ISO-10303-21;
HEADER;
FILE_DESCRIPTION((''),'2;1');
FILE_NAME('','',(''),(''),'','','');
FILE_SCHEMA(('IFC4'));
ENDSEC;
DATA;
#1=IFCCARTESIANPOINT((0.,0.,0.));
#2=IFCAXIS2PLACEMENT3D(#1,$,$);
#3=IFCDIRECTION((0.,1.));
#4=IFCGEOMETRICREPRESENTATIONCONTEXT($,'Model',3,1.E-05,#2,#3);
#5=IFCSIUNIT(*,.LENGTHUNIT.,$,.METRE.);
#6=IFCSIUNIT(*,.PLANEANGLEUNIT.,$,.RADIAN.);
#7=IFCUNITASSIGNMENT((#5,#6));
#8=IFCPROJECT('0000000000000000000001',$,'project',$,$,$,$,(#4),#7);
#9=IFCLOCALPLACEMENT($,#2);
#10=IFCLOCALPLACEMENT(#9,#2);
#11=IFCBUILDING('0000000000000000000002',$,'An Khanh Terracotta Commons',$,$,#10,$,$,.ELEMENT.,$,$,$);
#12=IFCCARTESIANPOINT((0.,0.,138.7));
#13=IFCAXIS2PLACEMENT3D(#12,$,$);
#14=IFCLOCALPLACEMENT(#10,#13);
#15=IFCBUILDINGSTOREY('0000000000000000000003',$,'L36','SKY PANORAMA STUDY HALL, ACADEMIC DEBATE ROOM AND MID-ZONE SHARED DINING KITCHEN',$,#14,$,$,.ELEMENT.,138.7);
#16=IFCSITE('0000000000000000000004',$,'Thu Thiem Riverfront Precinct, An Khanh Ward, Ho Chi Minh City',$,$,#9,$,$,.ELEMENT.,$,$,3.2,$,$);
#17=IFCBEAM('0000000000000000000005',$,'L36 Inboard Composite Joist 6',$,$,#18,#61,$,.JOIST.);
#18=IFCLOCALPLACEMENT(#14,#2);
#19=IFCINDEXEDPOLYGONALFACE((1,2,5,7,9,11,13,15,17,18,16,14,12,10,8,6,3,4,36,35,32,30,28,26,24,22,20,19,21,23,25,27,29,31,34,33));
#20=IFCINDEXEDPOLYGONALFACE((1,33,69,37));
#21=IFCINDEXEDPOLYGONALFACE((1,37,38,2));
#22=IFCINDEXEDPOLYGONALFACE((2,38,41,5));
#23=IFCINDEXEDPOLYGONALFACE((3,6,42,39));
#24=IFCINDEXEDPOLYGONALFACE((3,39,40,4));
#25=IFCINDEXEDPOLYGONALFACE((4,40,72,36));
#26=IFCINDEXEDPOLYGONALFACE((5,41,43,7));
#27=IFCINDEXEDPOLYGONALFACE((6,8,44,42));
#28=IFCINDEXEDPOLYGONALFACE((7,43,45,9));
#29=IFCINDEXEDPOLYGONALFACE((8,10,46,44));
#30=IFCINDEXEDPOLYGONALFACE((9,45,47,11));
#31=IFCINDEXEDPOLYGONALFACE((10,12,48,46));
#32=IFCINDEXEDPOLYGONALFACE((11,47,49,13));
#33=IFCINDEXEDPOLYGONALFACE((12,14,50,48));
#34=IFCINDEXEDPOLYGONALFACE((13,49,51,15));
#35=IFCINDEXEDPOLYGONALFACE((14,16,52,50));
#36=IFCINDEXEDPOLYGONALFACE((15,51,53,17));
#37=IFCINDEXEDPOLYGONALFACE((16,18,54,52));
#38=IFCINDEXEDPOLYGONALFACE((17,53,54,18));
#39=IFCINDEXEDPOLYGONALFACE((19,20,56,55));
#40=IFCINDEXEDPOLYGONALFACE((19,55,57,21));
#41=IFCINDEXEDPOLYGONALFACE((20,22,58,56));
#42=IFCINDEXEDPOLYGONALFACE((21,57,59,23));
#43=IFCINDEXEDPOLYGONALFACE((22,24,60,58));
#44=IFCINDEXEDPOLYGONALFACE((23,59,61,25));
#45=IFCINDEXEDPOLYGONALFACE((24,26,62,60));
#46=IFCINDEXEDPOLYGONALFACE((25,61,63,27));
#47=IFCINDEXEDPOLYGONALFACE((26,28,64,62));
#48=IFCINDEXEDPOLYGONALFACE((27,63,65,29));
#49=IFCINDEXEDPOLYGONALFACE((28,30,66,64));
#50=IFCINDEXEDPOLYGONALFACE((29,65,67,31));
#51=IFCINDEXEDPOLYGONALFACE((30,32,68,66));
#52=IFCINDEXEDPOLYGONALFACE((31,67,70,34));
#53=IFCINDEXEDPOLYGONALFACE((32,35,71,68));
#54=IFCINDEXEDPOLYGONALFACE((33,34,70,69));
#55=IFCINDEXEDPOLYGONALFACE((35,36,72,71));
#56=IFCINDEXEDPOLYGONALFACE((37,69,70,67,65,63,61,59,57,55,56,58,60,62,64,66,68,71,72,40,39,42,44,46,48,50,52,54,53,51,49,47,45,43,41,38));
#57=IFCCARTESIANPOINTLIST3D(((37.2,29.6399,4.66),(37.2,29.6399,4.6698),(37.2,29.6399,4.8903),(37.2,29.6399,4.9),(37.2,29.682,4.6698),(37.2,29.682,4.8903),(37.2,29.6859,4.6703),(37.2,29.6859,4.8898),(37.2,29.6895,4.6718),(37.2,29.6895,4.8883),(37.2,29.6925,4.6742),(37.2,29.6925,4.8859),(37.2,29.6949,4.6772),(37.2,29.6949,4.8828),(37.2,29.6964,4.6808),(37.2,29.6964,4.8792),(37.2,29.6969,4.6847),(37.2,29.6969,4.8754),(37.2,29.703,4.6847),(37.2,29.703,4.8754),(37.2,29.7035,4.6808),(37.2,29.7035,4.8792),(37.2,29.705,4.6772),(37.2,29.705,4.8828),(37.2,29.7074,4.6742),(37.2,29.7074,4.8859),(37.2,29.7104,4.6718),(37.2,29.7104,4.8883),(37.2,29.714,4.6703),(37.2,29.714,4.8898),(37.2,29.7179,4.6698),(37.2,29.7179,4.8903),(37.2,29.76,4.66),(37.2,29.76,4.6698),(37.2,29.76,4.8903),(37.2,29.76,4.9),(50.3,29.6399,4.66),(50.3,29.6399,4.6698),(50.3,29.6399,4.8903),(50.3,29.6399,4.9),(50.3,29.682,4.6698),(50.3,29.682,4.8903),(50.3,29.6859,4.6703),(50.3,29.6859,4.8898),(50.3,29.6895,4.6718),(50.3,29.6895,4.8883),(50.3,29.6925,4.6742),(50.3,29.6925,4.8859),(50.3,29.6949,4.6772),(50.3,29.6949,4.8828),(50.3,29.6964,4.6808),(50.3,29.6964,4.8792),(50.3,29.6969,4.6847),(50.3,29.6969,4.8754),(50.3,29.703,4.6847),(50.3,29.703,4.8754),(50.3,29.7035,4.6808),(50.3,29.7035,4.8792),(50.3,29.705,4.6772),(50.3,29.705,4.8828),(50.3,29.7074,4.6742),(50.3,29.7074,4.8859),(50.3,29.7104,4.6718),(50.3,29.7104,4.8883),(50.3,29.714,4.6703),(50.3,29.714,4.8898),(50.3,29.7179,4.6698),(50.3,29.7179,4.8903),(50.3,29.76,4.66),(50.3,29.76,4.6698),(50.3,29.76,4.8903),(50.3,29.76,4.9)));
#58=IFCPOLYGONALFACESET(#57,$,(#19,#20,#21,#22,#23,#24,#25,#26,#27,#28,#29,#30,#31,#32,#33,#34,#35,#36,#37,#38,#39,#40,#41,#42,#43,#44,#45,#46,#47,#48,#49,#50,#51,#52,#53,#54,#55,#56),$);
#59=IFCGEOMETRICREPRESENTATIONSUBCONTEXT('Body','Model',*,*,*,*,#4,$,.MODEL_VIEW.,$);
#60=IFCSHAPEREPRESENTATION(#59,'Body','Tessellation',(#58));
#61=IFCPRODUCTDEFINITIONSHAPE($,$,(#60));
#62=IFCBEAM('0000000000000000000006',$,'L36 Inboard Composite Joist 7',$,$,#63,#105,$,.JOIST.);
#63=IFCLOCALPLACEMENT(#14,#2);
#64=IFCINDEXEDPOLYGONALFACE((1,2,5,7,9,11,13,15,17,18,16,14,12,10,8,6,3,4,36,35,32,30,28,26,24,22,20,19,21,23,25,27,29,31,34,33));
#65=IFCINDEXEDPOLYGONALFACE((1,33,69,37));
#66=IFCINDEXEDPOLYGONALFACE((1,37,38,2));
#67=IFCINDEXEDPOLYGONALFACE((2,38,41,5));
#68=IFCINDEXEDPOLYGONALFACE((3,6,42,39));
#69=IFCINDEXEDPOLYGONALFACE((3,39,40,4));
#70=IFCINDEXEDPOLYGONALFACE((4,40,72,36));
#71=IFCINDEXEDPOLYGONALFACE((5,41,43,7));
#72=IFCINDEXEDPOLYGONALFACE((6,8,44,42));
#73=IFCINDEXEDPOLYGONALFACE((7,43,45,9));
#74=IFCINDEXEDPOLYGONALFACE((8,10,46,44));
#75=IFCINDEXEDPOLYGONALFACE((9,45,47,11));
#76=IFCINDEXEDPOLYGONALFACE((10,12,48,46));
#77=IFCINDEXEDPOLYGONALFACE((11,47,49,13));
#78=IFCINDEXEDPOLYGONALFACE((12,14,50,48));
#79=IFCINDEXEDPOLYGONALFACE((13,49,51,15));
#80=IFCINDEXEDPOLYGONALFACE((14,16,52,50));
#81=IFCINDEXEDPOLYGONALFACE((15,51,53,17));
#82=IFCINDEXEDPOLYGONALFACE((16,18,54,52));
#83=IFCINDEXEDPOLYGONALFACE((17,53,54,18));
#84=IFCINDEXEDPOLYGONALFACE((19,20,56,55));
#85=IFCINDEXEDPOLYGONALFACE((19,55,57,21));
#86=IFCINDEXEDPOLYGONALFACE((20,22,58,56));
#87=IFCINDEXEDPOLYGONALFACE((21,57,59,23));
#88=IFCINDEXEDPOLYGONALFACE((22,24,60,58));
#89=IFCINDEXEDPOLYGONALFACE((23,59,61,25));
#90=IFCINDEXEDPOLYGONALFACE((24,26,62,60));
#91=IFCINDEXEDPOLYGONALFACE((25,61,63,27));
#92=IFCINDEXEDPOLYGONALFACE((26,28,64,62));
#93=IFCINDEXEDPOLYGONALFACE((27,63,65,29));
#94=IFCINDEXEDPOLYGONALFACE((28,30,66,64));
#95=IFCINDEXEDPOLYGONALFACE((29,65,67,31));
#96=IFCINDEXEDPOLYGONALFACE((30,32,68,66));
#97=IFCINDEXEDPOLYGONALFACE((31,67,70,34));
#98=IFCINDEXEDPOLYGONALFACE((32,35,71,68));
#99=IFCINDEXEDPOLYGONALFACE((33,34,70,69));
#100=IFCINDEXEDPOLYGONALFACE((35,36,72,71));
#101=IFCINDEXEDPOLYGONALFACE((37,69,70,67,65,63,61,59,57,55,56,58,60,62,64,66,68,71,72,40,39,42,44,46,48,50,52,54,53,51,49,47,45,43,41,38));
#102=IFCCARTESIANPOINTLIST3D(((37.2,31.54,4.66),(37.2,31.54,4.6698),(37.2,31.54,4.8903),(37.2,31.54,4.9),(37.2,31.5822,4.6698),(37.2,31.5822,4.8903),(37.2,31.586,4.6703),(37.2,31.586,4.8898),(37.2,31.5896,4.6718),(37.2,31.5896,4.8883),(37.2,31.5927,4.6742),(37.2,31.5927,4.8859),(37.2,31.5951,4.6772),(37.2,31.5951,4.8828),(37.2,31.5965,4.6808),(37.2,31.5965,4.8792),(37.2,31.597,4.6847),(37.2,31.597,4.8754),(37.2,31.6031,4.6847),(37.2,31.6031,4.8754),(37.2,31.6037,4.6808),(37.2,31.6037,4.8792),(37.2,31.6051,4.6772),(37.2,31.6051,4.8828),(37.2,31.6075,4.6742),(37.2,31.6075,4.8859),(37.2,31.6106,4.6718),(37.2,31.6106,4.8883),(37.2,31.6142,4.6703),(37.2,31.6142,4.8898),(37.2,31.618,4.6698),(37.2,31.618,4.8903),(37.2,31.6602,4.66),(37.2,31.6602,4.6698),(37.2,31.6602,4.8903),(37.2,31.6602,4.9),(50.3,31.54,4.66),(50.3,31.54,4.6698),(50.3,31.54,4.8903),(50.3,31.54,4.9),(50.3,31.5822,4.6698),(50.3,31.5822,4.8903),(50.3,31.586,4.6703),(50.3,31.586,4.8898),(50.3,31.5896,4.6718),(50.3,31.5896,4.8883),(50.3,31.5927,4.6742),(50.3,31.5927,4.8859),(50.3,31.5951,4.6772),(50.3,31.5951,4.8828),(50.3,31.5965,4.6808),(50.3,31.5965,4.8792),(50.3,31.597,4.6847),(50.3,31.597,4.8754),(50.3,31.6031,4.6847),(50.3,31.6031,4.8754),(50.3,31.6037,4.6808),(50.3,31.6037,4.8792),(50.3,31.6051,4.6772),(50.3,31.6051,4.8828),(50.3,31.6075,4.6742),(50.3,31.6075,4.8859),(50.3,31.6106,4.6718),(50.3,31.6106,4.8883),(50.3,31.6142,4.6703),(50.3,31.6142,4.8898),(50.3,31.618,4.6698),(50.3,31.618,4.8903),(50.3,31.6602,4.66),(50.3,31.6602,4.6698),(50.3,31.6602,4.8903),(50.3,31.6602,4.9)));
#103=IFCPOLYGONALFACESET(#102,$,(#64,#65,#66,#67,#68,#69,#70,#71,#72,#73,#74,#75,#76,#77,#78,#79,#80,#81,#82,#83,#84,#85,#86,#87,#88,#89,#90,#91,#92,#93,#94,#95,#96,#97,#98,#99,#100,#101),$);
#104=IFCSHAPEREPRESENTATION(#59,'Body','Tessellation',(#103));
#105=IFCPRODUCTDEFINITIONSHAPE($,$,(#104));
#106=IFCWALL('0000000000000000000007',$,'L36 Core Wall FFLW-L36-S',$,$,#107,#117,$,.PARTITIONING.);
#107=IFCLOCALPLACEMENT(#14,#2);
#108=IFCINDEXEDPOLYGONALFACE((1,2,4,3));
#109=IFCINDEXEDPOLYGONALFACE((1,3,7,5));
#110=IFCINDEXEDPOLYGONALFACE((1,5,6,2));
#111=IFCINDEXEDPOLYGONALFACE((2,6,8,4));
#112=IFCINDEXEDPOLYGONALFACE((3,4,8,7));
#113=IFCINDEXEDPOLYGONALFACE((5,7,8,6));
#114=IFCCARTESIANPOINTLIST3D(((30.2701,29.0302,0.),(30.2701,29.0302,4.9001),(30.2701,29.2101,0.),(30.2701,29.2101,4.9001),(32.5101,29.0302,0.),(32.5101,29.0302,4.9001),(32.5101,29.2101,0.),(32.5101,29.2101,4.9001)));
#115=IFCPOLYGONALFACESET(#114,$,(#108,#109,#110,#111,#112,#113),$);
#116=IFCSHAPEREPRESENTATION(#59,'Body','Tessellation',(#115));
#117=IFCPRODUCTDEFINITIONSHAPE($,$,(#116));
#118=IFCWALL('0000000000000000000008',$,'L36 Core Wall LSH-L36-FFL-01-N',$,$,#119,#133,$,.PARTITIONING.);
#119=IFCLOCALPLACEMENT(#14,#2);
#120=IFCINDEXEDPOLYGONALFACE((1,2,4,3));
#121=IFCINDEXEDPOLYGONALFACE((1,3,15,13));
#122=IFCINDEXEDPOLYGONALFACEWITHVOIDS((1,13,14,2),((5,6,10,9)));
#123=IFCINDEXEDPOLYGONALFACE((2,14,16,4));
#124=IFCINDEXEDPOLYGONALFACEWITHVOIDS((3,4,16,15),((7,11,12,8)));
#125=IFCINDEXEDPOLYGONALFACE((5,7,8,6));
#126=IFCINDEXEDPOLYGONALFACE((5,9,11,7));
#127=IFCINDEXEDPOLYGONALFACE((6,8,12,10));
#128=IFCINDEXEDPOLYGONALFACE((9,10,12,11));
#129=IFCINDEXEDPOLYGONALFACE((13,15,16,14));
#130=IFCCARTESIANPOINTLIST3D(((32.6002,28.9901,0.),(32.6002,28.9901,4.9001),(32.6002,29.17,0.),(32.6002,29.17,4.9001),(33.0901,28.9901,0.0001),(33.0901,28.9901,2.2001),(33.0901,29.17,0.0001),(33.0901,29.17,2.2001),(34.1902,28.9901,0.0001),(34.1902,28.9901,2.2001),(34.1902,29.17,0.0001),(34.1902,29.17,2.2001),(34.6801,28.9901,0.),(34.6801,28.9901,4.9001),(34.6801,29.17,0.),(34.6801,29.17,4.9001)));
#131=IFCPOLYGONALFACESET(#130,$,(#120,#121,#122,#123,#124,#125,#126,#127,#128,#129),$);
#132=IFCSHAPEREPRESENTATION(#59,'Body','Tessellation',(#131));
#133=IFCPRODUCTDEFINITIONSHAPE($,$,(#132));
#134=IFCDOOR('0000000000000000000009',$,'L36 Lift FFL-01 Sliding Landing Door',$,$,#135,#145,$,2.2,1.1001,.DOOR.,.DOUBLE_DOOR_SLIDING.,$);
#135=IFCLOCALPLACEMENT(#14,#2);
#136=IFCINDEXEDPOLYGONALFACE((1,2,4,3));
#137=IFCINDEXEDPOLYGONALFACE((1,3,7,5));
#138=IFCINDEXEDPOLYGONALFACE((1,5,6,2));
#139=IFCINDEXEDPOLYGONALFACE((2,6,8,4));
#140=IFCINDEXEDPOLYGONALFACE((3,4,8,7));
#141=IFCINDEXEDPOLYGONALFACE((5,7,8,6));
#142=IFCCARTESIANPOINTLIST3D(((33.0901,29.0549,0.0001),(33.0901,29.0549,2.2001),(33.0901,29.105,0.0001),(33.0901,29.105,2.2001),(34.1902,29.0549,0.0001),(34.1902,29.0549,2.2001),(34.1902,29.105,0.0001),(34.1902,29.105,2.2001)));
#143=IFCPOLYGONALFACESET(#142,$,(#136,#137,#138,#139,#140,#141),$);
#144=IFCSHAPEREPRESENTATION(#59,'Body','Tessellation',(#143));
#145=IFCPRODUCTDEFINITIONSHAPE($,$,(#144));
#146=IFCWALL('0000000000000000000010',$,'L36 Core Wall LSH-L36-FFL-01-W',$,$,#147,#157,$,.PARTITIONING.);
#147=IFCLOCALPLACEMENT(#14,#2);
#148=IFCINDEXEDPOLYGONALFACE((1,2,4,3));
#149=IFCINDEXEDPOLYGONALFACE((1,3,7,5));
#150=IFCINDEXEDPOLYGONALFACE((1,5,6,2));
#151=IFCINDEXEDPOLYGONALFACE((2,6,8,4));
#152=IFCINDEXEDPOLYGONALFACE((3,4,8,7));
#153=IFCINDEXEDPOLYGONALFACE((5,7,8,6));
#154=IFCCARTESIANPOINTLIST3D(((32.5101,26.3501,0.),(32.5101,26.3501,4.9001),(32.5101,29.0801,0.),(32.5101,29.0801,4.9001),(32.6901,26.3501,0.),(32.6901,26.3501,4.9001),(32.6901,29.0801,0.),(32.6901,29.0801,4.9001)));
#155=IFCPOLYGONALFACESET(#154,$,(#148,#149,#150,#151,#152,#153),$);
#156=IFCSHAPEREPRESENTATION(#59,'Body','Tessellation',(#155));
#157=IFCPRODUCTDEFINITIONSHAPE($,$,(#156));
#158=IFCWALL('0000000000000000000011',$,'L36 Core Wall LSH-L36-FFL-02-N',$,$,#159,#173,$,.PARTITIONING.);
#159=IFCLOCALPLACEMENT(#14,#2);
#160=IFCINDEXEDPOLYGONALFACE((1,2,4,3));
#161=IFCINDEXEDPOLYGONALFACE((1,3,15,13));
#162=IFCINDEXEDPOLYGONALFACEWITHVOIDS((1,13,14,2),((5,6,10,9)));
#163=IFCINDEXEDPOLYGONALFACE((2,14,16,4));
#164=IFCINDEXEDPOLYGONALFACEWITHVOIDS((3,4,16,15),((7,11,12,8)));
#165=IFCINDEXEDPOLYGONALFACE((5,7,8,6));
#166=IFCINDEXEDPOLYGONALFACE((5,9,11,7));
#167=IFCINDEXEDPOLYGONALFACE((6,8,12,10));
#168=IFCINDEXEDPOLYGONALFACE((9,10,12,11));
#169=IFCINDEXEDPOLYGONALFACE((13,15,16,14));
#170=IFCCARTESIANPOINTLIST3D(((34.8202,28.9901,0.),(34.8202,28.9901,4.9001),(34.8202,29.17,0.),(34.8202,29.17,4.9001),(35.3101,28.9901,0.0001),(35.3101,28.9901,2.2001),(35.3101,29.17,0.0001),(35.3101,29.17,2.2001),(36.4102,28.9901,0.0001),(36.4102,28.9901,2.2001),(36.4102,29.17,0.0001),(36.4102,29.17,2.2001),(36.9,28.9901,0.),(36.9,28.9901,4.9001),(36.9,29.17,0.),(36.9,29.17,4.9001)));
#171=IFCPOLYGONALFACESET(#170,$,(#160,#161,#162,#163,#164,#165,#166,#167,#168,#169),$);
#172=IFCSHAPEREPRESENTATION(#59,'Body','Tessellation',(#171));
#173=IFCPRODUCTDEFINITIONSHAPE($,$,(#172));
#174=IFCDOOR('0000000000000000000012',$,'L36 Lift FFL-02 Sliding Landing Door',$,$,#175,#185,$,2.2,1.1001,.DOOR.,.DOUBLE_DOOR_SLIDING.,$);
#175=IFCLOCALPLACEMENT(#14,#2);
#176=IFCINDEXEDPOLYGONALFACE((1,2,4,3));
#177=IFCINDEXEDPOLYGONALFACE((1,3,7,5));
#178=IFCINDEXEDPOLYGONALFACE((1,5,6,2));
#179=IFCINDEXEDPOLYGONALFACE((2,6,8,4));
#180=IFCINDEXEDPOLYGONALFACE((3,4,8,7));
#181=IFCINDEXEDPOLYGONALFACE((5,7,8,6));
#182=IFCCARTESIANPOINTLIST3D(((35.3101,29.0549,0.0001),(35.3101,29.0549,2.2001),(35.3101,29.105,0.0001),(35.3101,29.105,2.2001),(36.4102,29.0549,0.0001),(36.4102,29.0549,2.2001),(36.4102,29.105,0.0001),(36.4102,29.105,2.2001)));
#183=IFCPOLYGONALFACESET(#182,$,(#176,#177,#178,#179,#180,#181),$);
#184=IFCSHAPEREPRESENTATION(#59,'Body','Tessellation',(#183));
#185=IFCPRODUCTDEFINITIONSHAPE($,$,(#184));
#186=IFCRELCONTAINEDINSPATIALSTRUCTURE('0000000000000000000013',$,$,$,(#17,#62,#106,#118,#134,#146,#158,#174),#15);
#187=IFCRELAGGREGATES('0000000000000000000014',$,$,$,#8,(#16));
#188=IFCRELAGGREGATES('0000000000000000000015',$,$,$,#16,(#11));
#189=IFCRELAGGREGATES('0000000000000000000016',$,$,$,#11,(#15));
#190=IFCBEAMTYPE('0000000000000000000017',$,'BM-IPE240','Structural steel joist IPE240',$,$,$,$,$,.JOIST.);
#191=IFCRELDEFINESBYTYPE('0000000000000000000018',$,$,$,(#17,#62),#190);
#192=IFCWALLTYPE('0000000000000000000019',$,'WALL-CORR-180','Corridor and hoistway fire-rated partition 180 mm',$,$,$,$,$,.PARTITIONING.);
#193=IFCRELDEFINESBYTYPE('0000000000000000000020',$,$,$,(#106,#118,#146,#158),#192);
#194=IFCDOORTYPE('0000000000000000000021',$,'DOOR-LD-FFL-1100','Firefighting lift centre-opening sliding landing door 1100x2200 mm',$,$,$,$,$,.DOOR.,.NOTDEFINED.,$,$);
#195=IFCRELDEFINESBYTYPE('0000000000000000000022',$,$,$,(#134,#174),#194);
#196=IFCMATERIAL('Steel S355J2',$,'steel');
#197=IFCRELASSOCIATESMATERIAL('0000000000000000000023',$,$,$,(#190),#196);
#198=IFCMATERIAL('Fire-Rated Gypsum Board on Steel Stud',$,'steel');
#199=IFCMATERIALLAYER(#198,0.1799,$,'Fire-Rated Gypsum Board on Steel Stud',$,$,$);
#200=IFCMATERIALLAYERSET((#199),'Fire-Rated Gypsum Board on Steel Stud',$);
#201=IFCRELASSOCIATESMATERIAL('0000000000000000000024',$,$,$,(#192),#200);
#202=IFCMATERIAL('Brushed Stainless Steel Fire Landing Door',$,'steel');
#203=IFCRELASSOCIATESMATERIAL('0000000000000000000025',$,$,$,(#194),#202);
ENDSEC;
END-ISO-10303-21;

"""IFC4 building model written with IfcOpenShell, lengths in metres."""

from ifc_helpers import new_model, si_unit, direction, frame, frame_2d, origin, origin_2d, place, context, subcontext, project, spatial, rectangle, i_section, extrude, material, layer, layer_set, material_profile, profile_set, type_object, element, fill, save


model = new_model("IFC4")

# Units and contexts
model_context = context("Model", 3, precision=1e-05, world=origin(), true_north=direction((0.0, 1.0)))
body_context = subcontext(model_context, "Body", "Model", "MODEL_VIEW")
ifc_project = project(units=[si_unit("LENGTHUNIT", "METRE"), si_unit("PLANEANGLEUNIT", "RADIAN")], contexts=[model_context])

# Site, building, storey
site_placement = place(None, origin())
site = spatial("IfcSite", under=ifc_project, at=site_placement, Name="Thu Thiem Riverfront Precinct, An Khanh Ward, Ho Chi Minh City", CompositionType="ELEMENT", RefElevation=3.2)
building_placement = place(site_placement, origin())
building = spatial("IfcBuilding", under=site, at=building_placement, Name="An Khanh Terracotta Commons", CompositionType="ELEMENT")
storey_placement = place(building_placement, frame((0.0, 0.0, 138.7)))
storey = spatial("IfcBuildingStorey", under=building, at=storey_placement, Name="L36", Description="SKY PANORAMA STUDY HALL, ACADEMIC DEBATE ROOM AND MID-ZONE SHARED DINING KITCHEN", CompositionType="ELEMENT", Elevation=138.7)

# Beams
ifc_material_1 = material(Name="Steel S355J2", Category="steel")
ifc_material_profile_1 = material_profile(ifc_material_1, i_section(OverallWidth=0.1201, OverallDepth=0.24, WebThickness=0.0061, FlangeThickness=0.0098, FilletRadius=0.0149, at=origin_2d()), Name="IPE240")
ifc_profile_set_1 = profile_set([ifc_material_profile_1], Name="Steel S355J2")
beam_type_1 = type_object("IfcBeamType", Name="BM-IPE240", Description="Structural steel joist IPE240", PredefinedType="JOIST", material=ifc_profile_set_1)
for number, where, z_axis, x_axis, name in (
    (1, (37.2, 29.7, 4.78), (1.0, 0.0, 0.0), (0.0, 1.0, 0.0), "L36 Inboard Composite Joist 6"),
    (2, (37.2, 31.6001, 4.78), (1.0, 0.0, 0.0), (0.0, 1.0, 0.0), "L36 Inboard Composite Joist 7"),
):
    element("IfcBeam", number, at=place(storey_placement, frame(where, z_axis=z_axis, x_axis=x_axis)), inside=storey, type_object=beam_type_1, Name=name, PredefinedType="JOIST", context=body_context, shape_type="SweptSolid", body=[
        extrude(i_section(OverallWidth=0.1201, OverallDepth=0.24, WebThickness=0.0061, FlangeThickness=0.0098, FilletRadius=0.0149, at=origin_2d()), origin(), (0.0, 0.0, 1.0), 13.1001),
    ])

# Wall
ifc_material_2 = material(Name="Fire-Rated Gypsum Board on Steel Stud", Category="steel")
ifc_layer_1 = layer(ifc_material_2, 0.1799, Name="Fire-Rated Gypsum Board on Steel Stud")
ifc_layer_set_1 = layer_set([ifc_layer_1], Name="Fire-Rated Gypsum Board on Steel Stud")
wall_type_1 = type_object("IfcWallType", Name="WALL-CORR-180", Description="Corridor and hoistway fire-rated partition 180 mm", PredefinedType="PARTITIONING", material=ifc_layer_set_1)
wall_1_placement = place(storey_placement, frame((30.27, 29.1201, 0.0), z_axis=(0.0, 0.0, 1.0), x_axis=(1.0, 0.0, 0.0)))
element("IfcWall", 3, at=wall_1_placement, inside=storey, type_object=wall_type_1, Name="L36 Core Wall FFLW-L36-S", PredefinedType="PARTITIONING", context=body_context, shape_type="SweptSolid", body=[
    extrude(rectangle(XDim=2.24, YDim=0.1799, at=frame_2d((1.1201, 0.0))), origin(), (0.0, 0.0, 1.0), 4.9001),
])

# Wall, opening, door
wall_2_placement = place(storey_placement, frame((32.6001, 29.0801, 0.0), z_axis=(0.0, 0.0, 1.0), x_axis=(1.0, 0.0, 0.0)))
wall_2 = element("IfcWall", 4, at=wall_2_placement, inside=storey, type_object=wall_type_1, Name="L36 Core Wall LSH-L36-FFL-01-N", PredefinedType="PARTITIONING", context=body_context, shape_type="SweptSolid", body=[
    extrude(rectangle(XDim=2.0798, YDim=0.1799, at=frame_2d((1.04, 0.0))), origin(), (0.0, 0.0, 1.0), 4.9001),
])
opening_1_placement = place(wall_2_placement, frame((0.49, 0.0, 0.0)))
opening_1 = element("IfcOpeningElement", 5, at=opening_1_placement, cuts=wall_2, PredefinedType="OPENING", context=body_context, shape_type="SweptSolid", body=[
    extrude(rectangle(XDim=1.1001, YDim=2.2, at=frame_2d((0.55, 1.1001))), frame((0.0, 0.0999, 0.0), z_axis=(0.0, -1.0, 0.0), x_axis=(1.0, 0.0, 0.0)), (0.0, 0.0, 1.0), 0.2),
])
ifc_material_3 = material(Name="Brushed Stainless Steel Fire Landing Door", Category="steel")
door_type_1 = type_object("IfcDoorType", Name="DOOR-LD-FFL-1100", Description="Firefighting lift centre-opening sliding landing door 1100x2200 mm", OperationType="NOTDEFINED", PredefinedType="DOOR", material=ifc_material_3)
door_1_placement = place(opening_1_placement, origin())
door_1 = element("IfcDoor", 6, at=door_1_placement, inside=storey, type_object=door_type_1, Name="L36 Lift FFL-01 Sliding Landing Door", OperationType="DOUBLE_DOOR_SLIDING", OverallHeight=2.2, OverallWidth=1.1001, PredefinedType="DOOR", context=body_context, shape_type="SweptSolid", body=[
    extrude(rectangle(XDim=1.1001, YDim=2.2, at=frame_2d((0.55, 1.1001))), frame((0.0, 0.0249, 0.0), z_axis=(0.0, -1.0, 0.0), x_axis=(1.0, 0.0, 0.0)), (0.0, 0.0, 1.0), 0.05),
])
fill(opening_1, door_1)

# Wall
wall_3_placement = place(storey_placement, frame((32.6001, 29.0801, 0.0), z_axis=(0.0, 0.0, 1.0), x_axis=(0.0, -1.0, 0.0)))
element("IfcWall", 7, at=wall_3_placement, inside=storey, type_object=wall_type_1, Name="L36 Core Wall LSH-L36-FFL-01-W", PredefinedType="PARTITIONING", context=body_context, shape_type="SweptSolid", body=[
    extrude(rectangle(XDim=2.73, YDim=0.1799, at=frame_2d((1.365, 0.0))), origin(), (0.0, 0.0, 1.0), 4.9001),
])

# Wall, opening, door
wall_4_placement = place(storey_placement, frame((34.8201, 29.0801, 0.0), z_axis=(0.0, 0.0, 1.0), x_axis=(1.0, 0.0, 0.0)))
wall_4 = element("IfcWall", 8, at=wall_4_placement, inside=storey, type_object=wall_type_1, Name="L36 Core Wall LSH-L36-FFL-02-N", PredefinedType="PARTITIONING", context=body_context, shape_type="SweptSolid", body=[
    extrude(rectangle(XDim=2.0798, YDim=0.1799, at=frame_2d((1.04, 0.0))), origin(), (0.0, 0.0, 1.0), 4.9001),
])
opening_2_placement = place(wall_4_placement, frame((0.49, 0.0, 0.0)))
opening_2 = element("IfcOpeningElement", 9, at=opening_2_placement, cuts=wall_4, PredefinedType="OPENING", context=body_context, shape_type="SweptSolid", body=[
    extrude(rectangle(XDim=1.1001, YDim=2.2, at=frame_2d((0.55, 1.1001))), frame((0.0, 0.0999, 0.0), z_axis=(0.0, -1.0, 0.0), x_axis=(1.0, 0.0, 0.0)), (0.0, 0.0, 1.0), 0.2),
])
door_2_placement = place(opening_2_placement, origin())
door_2 = element("IfcDoor", 10, at=door_2_placement, inside=storey, type_object=door_type_1, Name="L36 Lift FFL-02 Sliding Landing Door", OperationType="DOUBLE_DOOR_SLIDING", OverallHeight=2.2, OverallWidth=1.1001, PredefinedType="DOOR", context=body_context, shape_type="SweptSolid", body=[
    extrude(rectangle(XDim=1.1001, YDim=2.2, at=frame_2d((0.55, 1.1001))), frame((0.0, 0.0249, 0.0), z_axis=(0.0, -1.0, 0.0), x_axis=(1.0, 0.0, 0.0)), (0.0, 0.0, 1.0), 0.05),
])
fill(opening_2, door_2)

save(model, "model.ifc")
